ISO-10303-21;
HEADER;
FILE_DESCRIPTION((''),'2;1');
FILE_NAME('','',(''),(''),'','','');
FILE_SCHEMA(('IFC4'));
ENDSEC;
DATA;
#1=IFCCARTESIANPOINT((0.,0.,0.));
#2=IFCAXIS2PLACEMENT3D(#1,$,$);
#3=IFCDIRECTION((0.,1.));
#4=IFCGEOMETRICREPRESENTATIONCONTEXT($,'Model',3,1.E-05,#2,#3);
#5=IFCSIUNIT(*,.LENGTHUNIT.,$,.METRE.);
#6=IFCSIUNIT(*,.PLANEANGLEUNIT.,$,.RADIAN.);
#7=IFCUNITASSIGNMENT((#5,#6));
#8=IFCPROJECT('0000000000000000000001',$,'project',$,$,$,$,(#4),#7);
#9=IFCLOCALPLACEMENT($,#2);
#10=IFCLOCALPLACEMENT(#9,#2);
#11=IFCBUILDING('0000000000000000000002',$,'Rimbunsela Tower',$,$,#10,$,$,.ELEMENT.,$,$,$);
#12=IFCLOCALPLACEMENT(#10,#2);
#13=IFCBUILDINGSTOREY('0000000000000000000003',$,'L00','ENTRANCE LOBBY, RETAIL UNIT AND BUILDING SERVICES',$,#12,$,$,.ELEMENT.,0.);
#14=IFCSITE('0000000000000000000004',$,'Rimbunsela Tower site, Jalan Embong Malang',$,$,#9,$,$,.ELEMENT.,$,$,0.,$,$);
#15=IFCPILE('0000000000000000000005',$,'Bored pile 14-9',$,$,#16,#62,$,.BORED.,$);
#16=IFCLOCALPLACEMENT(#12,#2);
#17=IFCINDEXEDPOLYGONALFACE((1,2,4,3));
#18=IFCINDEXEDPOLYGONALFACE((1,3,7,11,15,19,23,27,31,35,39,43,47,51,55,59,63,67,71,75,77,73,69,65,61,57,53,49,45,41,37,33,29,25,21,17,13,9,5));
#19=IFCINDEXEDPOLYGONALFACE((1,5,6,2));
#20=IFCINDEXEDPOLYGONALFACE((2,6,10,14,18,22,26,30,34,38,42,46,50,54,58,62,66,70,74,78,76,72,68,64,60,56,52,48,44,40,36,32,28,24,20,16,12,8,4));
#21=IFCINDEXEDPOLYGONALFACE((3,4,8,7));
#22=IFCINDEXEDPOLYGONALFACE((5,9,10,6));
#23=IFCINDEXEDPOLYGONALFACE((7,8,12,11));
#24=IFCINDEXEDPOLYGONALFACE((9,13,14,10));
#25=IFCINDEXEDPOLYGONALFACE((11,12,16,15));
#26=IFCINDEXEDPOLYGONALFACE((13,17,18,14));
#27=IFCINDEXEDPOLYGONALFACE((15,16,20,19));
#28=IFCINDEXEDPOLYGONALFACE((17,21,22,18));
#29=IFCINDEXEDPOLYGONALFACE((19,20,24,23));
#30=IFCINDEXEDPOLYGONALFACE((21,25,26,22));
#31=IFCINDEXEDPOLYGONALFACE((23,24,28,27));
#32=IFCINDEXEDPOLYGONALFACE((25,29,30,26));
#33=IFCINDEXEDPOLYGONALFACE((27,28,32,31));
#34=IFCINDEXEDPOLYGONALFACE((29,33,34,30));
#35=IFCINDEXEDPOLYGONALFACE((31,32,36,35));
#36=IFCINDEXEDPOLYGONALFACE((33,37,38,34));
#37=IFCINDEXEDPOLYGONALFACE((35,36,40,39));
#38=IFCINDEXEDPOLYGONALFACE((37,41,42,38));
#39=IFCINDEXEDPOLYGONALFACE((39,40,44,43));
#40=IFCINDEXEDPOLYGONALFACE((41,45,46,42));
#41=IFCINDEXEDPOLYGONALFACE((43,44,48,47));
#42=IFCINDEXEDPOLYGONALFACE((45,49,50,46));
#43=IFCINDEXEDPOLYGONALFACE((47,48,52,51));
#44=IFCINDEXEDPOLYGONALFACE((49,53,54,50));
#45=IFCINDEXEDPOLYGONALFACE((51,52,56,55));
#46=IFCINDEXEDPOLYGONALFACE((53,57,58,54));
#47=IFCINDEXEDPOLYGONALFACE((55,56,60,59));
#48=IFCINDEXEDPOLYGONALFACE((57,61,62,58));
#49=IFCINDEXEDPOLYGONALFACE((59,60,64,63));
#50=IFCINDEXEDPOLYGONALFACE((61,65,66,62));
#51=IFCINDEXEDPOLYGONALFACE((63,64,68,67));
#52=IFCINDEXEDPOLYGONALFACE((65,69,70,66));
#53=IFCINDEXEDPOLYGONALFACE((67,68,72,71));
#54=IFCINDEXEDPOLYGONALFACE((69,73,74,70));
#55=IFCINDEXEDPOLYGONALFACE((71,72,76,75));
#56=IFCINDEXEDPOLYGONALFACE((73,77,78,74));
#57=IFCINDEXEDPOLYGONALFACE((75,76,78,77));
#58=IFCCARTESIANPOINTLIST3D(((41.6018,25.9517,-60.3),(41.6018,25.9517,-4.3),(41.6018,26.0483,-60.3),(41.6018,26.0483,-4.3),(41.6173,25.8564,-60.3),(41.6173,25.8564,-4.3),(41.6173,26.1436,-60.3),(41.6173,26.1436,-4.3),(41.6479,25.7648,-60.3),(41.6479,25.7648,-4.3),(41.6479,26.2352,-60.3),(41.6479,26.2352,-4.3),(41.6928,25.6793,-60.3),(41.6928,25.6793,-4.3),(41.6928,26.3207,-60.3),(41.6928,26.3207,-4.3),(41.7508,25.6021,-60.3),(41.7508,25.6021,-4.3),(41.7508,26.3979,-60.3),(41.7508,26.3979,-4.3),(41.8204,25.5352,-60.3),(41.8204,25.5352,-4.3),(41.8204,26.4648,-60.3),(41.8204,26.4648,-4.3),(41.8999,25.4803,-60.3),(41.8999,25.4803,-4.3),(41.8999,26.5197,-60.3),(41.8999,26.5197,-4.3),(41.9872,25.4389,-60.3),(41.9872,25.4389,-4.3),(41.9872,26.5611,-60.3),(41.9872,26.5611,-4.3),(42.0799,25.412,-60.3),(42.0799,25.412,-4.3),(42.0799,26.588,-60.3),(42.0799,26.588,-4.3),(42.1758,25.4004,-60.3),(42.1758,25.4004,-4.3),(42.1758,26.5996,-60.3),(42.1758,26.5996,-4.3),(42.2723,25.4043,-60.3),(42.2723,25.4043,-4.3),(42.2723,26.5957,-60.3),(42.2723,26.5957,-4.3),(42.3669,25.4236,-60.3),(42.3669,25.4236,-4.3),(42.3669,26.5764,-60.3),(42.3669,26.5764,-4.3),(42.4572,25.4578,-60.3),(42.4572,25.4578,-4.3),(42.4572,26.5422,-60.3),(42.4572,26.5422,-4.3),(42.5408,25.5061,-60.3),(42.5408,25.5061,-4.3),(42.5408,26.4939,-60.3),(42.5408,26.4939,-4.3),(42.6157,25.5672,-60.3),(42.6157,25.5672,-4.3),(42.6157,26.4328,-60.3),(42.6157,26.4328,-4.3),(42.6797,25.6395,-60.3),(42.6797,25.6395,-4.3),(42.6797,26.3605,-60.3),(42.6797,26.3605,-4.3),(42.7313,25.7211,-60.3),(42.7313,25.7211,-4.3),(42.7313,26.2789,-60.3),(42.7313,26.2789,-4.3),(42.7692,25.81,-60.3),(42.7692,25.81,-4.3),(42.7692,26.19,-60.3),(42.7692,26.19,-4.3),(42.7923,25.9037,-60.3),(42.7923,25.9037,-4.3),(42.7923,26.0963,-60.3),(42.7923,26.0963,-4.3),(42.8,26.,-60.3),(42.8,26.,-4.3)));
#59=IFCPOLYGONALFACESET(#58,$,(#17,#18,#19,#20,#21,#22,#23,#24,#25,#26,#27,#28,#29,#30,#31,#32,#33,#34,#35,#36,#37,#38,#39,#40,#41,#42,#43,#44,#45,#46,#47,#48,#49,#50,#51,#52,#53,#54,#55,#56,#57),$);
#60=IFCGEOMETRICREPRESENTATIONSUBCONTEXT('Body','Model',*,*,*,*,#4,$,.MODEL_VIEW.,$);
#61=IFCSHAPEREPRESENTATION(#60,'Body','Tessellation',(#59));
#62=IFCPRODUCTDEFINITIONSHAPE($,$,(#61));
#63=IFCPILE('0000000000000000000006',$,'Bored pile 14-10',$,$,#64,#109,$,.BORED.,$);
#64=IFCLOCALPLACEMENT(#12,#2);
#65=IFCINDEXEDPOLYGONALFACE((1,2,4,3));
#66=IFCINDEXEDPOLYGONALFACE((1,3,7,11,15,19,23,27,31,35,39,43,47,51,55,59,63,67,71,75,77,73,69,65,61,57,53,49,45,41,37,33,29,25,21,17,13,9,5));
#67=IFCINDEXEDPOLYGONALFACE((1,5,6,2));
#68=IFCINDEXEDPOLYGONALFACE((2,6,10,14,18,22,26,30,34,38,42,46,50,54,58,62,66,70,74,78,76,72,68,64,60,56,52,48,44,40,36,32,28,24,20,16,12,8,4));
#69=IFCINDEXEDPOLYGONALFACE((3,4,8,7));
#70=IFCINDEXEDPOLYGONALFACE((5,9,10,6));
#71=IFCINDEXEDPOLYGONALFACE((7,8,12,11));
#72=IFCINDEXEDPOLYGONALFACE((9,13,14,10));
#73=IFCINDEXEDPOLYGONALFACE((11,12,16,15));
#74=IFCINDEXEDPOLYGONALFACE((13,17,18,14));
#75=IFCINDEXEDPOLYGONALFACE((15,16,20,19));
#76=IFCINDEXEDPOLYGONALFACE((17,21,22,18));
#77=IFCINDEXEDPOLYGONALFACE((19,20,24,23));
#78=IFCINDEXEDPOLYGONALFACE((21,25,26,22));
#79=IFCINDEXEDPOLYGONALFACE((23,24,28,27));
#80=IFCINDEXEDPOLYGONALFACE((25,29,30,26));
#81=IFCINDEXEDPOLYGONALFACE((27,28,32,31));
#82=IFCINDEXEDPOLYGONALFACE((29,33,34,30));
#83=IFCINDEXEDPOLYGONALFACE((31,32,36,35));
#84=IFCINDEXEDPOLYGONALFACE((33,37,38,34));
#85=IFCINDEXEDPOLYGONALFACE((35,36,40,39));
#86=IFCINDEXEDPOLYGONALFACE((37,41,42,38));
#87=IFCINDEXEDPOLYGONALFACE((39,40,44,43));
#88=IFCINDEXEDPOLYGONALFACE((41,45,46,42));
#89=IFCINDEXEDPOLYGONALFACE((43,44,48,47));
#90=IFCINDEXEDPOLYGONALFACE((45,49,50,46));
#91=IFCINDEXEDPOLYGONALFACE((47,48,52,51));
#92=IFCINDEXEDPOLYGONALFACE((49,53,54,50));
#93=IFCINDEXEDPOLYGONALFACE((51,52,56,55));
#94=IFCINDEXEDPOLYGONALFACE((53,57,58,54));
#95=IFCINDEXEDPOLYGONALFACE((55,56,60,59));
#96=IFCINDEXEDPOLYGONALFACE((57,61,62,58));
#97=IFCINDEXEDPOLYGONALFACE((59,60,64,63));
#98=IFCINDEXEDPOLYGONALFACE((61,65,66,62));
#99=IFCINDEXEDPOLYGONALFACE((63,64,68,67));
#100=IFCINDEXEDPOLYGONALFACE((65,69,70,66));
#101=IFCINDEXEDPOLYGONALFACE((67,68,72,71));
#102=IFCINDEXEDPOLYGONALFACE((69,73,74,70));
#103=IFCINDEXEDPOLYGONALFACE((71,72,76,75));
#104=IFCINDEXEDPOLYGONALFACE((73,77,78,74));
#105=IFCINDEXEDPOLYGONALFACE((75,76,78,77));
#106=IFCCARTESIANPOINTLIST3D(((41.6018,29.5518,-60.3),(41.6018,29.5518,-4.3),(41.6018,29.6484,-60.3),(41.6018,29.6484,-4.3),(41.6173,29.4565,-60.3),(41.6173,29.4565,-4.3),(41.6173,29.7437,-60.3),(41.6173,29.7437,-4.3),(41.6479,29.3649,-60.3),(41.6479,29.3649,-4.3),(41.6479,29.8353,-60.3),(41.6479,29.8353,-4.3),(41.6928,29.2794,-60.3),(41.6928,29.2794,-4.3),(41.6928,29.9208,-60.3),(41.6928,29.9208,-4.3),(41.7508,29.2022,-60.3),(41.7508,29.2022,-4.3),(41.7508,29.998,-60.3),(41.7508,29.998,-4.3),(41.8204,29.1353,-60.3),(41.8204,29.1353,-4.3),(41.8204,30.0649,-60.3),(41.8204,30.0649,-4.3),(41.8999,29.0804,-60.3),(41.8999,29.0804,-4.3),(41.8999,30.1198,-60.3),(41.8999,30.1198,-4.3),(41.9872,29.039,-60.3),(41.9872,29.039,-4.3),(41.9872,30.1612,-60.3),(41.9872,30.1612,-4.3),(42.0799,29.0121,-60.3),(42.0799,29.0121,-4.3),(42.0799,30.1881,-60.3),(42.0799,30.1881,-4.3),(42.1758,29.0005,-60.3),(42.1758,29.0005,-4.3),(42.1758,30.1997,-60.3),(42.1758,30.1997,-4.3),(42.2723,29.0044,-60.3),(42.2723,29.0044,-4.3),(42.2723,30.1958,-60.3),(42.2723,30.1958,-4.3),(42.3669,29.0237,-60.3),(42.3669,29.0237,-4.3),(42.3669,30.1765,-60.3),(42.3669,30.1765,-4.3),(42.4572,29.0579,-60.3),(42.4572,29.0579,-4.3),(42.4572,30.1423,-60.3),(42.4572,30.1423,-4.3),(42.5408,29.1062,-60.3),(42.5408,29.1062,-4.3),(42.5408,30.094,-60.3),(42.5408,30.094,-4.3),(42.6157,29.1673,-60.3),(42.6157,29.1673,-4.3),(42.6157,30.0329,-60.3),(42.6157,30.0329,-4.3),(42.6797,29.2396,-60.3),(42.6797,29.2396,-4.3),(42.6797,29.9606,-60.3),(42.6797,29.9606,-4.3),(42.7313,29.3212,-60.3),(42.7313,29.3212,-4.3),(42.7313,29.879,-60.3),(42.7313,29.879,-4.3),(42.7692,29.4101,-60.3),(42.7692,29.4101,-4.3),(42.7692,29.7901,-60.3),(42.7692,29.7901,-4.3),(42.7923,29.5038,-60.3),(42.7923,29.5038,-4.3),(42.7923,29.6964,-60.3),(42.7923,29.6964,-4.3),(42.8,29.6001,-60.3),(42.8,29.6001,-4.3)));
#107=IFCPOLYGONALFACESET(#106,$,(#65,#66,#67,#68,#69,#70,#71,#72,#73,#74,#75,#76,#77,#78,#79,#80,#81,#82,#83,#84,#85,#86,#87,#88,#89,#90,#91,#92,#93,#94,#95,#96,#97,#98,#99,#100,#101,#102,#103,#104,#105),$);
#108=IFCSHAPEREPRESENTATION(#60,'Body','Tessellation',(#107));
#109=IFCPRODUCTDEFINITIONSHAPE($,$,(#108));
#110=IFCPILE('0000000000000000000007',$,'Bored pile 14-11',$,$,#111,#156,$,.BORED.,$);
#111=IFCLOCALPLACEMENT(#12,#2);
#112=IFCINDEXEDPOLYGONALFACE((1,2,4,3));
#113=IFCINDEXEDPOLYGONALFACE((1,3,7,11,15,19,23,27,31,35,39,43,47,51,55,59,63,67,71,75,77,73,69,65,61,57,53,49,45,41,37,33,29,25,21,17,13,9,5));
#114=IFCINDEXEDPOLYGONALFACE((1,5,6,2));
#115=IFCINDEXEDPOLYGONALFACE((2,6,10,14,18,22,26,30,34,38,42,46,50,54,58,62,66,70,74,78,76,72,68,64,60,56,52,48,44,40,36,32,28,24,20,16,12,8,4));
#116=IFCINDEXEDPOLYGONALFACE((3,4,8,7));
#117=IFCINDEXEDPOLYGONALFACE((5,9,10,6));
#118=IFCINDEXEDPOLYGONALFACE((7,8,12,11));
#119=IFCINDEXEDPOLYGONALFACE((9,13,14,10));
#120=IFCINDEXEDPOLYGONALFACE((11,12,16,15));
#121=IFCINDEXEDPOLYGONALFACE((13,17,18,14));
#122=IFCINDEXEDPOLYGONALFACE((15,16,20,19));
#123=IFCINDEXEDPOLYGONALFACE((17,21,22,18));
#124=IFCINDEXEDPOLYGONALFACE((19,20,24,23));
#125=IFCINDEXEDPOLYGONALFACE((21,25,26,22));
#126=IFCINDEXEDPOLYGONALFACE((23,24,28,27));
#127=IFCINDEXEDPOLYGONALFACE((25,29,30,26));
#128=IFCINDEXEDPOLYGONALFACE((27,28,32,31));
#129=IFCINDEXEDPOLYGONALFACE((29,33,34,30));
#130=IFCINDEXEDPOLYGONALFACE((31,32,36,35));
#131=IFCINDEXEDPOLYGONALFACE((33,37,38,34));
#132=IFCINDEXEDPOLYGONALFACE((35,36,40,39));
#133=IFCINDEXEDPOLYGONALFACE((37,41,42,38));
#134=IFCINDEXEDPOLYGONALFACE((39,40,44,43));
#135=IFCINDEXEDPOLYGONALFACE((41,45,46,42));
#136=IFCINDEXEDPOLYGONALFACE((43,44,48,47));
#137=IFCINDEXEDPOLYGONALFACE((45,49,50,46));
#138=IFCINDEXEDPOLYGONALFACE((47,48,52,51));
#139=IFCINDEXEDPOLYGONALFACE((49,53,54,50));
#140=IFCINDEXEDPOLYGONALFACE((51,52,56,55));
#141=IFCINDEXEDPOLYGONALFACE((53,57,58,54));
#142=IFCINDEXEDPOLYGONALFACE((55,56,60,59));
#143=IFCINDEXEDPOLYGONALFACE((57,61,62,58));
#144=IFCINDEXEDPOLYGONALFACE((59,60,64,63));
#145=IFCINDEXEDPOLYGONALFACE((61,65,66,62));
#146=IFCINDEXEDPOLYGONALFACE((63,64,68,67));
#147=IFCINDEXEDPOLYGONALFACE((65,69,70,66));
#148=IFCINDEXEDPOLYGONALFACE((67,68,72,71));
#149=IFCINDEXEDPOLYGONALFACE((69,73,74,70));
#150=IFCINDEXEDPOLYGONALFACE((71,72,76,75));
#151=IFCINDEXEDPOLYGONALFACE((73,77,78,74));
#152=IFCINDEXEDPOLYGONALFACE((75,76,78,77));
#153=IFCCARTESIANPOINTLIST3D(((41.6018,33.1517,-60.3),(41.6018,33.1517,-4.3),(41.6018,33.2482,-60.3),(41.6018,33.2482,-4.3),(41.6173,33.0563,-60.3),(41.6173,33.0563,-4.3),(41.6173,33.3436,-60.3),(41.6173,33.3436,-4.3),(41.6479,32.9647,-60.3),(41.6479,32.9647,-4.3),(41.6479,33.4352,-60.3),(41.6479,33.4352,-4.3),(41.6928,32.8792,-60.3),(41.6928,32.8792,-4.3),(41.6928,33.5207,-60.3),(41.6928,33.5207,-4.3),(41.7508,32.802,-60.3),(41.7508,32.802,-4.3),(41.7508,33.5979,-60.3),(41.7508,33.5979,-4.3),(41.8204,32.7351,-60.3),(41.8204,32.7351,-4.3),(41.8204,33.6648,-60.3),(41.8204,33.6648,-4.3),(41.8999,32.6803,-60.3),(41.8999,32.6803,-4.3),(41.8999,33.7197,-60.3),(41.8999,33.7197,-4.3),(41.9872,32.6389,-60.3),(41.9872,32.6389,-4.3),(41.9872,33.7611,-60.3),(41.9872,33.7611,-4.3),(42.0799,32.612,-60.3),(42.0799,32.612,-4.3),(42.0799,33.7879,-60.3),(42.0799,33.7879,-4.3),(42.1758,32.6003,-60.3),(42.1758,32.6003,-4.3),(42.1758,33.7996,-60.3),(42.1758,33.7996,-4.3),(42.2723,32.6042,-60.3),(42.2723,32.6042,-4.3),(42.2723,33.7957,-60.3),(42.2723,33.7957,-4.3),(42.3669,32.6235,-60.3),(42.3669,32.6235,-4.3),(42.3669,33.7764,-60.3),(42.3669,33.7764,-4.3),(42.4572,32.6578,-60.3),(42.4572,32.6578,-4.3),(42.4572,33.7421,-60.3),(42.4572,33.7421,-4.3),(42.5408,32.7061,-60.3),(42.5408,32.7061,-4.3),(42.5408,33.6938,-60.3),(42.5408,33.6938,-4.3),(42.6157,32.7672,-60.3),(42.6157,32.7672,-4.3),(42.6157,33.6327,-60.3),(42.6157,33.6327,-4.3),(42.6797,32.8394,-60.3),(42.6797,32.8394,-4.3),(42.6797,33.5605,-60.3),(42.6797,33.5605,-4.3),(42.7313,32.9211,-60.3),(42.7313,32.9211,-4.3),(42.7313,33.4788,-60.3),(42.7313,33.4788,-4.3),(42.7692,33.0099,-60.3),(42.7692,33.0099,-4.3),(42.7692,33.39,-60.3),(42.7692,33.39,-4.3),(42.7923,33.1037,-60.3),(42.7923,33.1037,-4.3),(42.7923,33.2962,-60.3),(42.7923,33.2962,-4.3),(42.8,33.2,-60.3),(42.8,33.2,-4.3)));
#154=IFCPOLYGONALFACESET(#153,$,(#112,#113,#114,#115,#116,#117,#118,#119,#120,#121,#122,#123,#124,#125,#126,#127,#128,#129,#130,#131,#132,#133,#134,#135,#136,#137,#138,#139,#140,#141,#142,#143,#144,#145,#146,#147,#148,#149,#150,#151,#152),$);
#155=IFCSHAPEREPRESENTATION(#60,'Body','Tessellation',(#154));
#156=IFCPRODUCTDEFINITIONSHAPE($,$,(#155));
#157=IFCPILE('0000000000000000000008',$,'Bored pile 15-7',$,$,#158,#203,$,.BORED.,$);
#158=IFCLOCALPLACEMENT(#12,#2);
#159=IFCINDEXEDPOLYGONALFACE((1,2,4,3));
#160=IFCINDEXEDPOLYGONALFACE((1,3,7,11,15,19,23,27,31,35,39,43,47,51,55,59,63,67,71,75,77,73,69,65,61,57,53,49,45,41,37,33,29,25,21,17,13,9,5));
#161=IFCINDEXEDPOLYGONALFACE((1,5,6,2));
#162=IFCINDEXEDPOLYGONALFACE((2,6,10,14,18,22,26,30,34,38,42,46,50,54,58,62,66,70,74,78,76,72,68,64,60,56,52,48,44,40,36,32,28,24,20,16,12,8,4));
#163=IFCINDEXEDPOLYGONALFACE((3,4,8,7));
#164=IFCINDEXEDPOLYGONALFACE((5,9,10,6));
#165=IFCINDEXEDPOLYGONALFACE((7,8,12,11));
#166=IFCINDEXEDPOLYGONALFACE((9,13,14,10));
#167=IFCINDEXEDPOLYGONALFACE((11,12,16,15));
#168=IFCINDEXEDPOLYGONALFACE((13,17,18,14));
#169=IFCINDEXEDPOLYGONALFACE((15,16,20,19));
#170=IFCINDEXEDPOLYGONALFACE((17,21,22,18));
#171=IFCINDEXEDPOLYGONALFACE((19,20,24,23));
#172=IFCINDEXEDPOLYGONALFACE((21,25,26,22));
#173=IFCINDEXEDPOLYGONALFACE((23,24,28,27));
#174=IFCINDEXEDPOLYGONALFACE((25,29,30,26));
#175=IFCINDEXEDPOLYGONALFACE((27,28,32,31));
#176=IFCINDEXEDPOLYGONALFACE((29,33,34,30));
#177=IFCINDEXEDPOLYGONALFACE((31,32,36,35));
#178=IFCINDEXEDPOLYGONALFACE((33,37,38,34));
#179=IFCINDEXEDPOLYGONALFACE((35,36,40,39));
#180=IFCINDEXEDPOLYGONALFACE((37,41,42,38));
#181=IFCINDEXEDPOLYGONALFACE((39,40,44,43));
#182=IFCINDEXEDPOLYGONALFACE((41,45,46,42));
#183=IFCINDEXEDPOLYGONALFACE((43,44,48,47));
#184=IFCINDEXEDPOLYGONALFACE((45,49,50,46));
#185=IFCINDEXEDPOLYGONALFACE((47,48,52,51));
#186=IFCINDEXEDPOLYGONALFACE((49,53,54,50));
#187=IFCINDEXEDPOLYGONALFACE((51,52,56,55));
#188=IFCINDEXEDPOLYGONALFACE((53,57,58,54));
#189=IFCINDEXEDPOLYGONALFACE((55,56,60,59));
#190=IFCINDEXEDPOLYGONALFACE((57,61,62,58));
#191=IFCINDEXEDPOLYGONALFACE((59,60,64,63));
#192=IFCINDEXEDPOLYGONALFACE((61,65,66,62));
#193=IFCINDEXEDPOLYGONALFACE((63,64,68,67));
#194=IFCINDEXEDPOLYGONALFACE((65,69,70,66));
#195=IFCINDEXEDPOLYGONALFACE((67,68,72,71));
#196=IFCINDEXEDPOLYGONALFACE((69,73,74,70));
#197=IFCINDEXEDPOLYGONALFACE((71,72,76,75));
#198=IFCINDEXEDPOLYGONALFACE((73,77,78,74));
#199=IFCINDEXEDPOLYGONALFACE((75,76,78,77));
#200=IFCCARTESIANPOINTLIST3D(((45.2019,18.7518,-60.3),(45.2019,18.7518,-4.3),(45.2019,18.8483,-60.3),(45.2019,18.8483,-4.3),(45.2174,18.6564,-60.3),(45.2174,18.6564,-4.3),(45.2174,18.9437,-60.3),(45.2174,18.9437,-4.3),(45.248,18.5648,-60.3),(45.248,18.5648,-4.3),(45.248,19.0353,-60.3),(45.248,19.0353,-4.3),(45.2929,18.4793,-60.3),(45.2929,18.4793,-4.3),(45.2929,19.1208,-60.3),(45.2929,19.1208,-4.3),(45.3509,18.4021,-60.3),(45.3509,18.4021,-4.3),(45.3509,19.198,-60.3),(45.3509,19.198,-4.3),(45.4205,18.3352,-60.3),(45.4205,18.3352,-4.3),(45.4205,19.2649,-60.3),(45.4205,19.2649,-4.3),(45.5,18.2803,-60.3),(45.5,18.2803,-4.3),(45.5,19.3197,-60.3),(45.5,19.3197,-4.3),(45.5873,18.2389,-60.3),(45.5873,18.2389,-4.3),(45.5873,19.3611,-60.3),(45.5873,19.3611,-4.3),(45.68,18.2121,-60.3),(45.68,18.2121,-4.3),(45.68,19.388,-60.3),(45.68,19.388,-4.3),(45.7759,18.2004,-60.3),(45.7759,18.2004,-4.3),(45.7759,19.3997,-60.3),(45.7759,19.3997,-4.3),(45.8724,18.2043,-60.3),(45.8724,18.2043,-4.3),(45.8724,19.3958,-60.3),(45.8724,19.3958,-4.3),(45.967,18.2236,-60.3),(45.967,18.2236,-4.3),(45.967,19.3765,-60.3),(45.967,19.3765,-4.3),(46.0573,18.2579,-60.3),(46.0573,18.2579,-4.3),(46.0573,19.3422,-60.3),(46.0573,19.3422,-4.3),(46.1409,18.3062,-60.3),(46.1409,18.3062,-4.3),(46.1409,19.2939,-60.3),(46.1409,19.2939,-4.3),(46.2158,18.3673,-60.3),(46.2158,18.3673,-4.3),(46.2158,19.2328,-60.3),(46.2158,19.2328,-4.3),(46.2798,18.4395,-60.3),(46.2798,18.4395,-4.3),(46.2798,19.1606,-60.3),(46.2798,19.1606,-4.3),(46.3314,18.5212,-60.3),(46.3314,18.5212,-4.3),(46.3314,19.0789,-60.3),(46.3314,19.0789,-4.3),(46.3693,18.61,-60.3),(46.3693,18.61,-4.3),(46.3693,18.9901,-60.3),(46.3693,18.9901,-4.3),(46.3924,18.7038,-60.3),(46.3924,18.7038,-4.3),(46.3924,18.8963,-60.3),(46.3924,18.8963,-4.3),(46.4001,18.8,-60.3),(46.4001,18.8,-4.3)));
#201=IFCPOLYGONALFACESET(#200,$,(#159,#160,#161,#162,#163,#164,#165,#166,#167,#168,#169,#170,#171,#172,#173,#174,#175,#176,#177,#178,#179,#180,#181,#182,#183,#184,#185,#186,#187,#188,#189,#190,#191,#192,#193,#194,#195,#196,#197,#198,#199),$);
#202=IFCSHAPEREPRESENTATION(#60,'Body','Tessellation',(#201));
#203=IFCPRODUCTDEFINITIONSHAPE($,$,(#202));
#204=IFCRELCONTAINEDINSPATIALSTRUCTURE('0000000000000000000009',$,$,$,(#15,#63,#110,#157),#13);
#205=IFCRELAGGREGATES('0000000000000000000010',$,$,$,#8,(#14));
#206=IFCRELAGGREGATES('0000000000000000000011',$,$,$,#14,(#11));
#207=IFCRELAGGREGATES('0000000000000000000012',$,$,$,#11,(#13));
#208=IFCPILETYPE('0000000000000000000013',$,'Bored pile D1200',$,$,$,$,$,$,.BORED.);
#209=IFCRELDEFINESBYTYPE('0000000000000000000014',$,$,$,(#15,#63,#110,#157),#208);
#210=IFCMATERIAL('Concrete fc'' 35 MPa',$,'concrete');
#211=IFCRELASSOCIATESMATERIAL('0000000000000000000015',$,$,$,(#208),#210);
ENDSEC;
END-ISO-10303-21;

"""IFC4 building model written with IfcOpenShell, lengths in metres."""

from ifc_helpers import new_model, si_unit, direction, frame, origin, origin_2d, place, context, subcontext, project, spatial, circle, extrude, material, material_profile, profile_set, type_object, element, save


model = new_model("IFC4")

# Units and contexts
model_context = context("Model", 3, precision=1e-05, world=origin(), true_north=direction((0.0, 1.0)))
body_context = subcontext(model_context, "Body", "Model", "MODEL_VIEW")
ifc_project = project(units=[si_unit("LENGTHUNIT", "METRE"), si_unit("PLANEANGLEUNIT", "RADIAN")], contexts=[model_context])

# Site, building, storey
site_placement = place(None, origin())
site = spatial("IfcSite", under=ifc_project, at=site_placement, Name="Rimbunsela Tower site, Jalan Embong Malang", CompositionType="ELEMENT", RefElevation=0.0)
building_placement = place(site_placement, origin())
building = spatial("IfcBuilding", under=site, at=building_placement, Name="Rimbunsela Tower", CompositionType="ELEMENT")
storey_placement = place(building_placement, origin())
storey = spatial("IfcBuildingStorey", under=building, at=storey_placement, Name="L00", Description="ENTRANCE LOBBY, RETAIL UNIT AND BUILDING SERVICES", CompositionType="ELEMENT", Elevation=0.0)

# Piles
ifc_material_1 = material(Name="Concrete fc' 35 MPa", Category="concrete")
ifc_material_profile_1 = material_profile(ifc_material_1, circle(Radius=0.6001, at=origin_2d()), Name="BP D1200")
ifc_profile_set_1 = profile_set([ifc_material_profile_1], Name="Concrete fc' 35 MPa")
pile_type = type_object("IfcPileType", Name="Bored pile D1200", PredefinedType="BORED", material=ifc_profile_set_1)
for number, where, z_axis, x_axis, name in (
    (1, (42.2, 26.0, -4.3), (0.0, 0.0, -1.0), (1.0, 0.0, 0.0), "Bored pile 14-9"),
    (2, (42.2, 29.6001, -4.3), (0.0, 0.0, -1.0), (1.0, 0.0, 0.0), "Bored pile 14-10"),
    (3, (42.2, 33.2, -4.3), (0.0, 0.0, -1.0), (1.0, 0.0, 0.0), "Bored pile 14-11"),
    (4, (45.8, 18.8, -4.3), (0.0, 0.0, -1.0), (1.0, 0.0, 0.0), "Bored pile 15-7"),
):
    element("IfcPile", number, at=place(storey_placement, frame(where, z_axis=z_axis, x_axis=x_axis)), inside=storey, type_object=pile_type, Name=name, PredefinedType="BORED", context=body_context, shape_type="SweptSolid", body=[
        extrude(circle(Radius=0.6001, at=origin_2d()), origin(), (0.0, 0.0, 1.0), 56.0),
    ])

save(model, "model.ifc")
